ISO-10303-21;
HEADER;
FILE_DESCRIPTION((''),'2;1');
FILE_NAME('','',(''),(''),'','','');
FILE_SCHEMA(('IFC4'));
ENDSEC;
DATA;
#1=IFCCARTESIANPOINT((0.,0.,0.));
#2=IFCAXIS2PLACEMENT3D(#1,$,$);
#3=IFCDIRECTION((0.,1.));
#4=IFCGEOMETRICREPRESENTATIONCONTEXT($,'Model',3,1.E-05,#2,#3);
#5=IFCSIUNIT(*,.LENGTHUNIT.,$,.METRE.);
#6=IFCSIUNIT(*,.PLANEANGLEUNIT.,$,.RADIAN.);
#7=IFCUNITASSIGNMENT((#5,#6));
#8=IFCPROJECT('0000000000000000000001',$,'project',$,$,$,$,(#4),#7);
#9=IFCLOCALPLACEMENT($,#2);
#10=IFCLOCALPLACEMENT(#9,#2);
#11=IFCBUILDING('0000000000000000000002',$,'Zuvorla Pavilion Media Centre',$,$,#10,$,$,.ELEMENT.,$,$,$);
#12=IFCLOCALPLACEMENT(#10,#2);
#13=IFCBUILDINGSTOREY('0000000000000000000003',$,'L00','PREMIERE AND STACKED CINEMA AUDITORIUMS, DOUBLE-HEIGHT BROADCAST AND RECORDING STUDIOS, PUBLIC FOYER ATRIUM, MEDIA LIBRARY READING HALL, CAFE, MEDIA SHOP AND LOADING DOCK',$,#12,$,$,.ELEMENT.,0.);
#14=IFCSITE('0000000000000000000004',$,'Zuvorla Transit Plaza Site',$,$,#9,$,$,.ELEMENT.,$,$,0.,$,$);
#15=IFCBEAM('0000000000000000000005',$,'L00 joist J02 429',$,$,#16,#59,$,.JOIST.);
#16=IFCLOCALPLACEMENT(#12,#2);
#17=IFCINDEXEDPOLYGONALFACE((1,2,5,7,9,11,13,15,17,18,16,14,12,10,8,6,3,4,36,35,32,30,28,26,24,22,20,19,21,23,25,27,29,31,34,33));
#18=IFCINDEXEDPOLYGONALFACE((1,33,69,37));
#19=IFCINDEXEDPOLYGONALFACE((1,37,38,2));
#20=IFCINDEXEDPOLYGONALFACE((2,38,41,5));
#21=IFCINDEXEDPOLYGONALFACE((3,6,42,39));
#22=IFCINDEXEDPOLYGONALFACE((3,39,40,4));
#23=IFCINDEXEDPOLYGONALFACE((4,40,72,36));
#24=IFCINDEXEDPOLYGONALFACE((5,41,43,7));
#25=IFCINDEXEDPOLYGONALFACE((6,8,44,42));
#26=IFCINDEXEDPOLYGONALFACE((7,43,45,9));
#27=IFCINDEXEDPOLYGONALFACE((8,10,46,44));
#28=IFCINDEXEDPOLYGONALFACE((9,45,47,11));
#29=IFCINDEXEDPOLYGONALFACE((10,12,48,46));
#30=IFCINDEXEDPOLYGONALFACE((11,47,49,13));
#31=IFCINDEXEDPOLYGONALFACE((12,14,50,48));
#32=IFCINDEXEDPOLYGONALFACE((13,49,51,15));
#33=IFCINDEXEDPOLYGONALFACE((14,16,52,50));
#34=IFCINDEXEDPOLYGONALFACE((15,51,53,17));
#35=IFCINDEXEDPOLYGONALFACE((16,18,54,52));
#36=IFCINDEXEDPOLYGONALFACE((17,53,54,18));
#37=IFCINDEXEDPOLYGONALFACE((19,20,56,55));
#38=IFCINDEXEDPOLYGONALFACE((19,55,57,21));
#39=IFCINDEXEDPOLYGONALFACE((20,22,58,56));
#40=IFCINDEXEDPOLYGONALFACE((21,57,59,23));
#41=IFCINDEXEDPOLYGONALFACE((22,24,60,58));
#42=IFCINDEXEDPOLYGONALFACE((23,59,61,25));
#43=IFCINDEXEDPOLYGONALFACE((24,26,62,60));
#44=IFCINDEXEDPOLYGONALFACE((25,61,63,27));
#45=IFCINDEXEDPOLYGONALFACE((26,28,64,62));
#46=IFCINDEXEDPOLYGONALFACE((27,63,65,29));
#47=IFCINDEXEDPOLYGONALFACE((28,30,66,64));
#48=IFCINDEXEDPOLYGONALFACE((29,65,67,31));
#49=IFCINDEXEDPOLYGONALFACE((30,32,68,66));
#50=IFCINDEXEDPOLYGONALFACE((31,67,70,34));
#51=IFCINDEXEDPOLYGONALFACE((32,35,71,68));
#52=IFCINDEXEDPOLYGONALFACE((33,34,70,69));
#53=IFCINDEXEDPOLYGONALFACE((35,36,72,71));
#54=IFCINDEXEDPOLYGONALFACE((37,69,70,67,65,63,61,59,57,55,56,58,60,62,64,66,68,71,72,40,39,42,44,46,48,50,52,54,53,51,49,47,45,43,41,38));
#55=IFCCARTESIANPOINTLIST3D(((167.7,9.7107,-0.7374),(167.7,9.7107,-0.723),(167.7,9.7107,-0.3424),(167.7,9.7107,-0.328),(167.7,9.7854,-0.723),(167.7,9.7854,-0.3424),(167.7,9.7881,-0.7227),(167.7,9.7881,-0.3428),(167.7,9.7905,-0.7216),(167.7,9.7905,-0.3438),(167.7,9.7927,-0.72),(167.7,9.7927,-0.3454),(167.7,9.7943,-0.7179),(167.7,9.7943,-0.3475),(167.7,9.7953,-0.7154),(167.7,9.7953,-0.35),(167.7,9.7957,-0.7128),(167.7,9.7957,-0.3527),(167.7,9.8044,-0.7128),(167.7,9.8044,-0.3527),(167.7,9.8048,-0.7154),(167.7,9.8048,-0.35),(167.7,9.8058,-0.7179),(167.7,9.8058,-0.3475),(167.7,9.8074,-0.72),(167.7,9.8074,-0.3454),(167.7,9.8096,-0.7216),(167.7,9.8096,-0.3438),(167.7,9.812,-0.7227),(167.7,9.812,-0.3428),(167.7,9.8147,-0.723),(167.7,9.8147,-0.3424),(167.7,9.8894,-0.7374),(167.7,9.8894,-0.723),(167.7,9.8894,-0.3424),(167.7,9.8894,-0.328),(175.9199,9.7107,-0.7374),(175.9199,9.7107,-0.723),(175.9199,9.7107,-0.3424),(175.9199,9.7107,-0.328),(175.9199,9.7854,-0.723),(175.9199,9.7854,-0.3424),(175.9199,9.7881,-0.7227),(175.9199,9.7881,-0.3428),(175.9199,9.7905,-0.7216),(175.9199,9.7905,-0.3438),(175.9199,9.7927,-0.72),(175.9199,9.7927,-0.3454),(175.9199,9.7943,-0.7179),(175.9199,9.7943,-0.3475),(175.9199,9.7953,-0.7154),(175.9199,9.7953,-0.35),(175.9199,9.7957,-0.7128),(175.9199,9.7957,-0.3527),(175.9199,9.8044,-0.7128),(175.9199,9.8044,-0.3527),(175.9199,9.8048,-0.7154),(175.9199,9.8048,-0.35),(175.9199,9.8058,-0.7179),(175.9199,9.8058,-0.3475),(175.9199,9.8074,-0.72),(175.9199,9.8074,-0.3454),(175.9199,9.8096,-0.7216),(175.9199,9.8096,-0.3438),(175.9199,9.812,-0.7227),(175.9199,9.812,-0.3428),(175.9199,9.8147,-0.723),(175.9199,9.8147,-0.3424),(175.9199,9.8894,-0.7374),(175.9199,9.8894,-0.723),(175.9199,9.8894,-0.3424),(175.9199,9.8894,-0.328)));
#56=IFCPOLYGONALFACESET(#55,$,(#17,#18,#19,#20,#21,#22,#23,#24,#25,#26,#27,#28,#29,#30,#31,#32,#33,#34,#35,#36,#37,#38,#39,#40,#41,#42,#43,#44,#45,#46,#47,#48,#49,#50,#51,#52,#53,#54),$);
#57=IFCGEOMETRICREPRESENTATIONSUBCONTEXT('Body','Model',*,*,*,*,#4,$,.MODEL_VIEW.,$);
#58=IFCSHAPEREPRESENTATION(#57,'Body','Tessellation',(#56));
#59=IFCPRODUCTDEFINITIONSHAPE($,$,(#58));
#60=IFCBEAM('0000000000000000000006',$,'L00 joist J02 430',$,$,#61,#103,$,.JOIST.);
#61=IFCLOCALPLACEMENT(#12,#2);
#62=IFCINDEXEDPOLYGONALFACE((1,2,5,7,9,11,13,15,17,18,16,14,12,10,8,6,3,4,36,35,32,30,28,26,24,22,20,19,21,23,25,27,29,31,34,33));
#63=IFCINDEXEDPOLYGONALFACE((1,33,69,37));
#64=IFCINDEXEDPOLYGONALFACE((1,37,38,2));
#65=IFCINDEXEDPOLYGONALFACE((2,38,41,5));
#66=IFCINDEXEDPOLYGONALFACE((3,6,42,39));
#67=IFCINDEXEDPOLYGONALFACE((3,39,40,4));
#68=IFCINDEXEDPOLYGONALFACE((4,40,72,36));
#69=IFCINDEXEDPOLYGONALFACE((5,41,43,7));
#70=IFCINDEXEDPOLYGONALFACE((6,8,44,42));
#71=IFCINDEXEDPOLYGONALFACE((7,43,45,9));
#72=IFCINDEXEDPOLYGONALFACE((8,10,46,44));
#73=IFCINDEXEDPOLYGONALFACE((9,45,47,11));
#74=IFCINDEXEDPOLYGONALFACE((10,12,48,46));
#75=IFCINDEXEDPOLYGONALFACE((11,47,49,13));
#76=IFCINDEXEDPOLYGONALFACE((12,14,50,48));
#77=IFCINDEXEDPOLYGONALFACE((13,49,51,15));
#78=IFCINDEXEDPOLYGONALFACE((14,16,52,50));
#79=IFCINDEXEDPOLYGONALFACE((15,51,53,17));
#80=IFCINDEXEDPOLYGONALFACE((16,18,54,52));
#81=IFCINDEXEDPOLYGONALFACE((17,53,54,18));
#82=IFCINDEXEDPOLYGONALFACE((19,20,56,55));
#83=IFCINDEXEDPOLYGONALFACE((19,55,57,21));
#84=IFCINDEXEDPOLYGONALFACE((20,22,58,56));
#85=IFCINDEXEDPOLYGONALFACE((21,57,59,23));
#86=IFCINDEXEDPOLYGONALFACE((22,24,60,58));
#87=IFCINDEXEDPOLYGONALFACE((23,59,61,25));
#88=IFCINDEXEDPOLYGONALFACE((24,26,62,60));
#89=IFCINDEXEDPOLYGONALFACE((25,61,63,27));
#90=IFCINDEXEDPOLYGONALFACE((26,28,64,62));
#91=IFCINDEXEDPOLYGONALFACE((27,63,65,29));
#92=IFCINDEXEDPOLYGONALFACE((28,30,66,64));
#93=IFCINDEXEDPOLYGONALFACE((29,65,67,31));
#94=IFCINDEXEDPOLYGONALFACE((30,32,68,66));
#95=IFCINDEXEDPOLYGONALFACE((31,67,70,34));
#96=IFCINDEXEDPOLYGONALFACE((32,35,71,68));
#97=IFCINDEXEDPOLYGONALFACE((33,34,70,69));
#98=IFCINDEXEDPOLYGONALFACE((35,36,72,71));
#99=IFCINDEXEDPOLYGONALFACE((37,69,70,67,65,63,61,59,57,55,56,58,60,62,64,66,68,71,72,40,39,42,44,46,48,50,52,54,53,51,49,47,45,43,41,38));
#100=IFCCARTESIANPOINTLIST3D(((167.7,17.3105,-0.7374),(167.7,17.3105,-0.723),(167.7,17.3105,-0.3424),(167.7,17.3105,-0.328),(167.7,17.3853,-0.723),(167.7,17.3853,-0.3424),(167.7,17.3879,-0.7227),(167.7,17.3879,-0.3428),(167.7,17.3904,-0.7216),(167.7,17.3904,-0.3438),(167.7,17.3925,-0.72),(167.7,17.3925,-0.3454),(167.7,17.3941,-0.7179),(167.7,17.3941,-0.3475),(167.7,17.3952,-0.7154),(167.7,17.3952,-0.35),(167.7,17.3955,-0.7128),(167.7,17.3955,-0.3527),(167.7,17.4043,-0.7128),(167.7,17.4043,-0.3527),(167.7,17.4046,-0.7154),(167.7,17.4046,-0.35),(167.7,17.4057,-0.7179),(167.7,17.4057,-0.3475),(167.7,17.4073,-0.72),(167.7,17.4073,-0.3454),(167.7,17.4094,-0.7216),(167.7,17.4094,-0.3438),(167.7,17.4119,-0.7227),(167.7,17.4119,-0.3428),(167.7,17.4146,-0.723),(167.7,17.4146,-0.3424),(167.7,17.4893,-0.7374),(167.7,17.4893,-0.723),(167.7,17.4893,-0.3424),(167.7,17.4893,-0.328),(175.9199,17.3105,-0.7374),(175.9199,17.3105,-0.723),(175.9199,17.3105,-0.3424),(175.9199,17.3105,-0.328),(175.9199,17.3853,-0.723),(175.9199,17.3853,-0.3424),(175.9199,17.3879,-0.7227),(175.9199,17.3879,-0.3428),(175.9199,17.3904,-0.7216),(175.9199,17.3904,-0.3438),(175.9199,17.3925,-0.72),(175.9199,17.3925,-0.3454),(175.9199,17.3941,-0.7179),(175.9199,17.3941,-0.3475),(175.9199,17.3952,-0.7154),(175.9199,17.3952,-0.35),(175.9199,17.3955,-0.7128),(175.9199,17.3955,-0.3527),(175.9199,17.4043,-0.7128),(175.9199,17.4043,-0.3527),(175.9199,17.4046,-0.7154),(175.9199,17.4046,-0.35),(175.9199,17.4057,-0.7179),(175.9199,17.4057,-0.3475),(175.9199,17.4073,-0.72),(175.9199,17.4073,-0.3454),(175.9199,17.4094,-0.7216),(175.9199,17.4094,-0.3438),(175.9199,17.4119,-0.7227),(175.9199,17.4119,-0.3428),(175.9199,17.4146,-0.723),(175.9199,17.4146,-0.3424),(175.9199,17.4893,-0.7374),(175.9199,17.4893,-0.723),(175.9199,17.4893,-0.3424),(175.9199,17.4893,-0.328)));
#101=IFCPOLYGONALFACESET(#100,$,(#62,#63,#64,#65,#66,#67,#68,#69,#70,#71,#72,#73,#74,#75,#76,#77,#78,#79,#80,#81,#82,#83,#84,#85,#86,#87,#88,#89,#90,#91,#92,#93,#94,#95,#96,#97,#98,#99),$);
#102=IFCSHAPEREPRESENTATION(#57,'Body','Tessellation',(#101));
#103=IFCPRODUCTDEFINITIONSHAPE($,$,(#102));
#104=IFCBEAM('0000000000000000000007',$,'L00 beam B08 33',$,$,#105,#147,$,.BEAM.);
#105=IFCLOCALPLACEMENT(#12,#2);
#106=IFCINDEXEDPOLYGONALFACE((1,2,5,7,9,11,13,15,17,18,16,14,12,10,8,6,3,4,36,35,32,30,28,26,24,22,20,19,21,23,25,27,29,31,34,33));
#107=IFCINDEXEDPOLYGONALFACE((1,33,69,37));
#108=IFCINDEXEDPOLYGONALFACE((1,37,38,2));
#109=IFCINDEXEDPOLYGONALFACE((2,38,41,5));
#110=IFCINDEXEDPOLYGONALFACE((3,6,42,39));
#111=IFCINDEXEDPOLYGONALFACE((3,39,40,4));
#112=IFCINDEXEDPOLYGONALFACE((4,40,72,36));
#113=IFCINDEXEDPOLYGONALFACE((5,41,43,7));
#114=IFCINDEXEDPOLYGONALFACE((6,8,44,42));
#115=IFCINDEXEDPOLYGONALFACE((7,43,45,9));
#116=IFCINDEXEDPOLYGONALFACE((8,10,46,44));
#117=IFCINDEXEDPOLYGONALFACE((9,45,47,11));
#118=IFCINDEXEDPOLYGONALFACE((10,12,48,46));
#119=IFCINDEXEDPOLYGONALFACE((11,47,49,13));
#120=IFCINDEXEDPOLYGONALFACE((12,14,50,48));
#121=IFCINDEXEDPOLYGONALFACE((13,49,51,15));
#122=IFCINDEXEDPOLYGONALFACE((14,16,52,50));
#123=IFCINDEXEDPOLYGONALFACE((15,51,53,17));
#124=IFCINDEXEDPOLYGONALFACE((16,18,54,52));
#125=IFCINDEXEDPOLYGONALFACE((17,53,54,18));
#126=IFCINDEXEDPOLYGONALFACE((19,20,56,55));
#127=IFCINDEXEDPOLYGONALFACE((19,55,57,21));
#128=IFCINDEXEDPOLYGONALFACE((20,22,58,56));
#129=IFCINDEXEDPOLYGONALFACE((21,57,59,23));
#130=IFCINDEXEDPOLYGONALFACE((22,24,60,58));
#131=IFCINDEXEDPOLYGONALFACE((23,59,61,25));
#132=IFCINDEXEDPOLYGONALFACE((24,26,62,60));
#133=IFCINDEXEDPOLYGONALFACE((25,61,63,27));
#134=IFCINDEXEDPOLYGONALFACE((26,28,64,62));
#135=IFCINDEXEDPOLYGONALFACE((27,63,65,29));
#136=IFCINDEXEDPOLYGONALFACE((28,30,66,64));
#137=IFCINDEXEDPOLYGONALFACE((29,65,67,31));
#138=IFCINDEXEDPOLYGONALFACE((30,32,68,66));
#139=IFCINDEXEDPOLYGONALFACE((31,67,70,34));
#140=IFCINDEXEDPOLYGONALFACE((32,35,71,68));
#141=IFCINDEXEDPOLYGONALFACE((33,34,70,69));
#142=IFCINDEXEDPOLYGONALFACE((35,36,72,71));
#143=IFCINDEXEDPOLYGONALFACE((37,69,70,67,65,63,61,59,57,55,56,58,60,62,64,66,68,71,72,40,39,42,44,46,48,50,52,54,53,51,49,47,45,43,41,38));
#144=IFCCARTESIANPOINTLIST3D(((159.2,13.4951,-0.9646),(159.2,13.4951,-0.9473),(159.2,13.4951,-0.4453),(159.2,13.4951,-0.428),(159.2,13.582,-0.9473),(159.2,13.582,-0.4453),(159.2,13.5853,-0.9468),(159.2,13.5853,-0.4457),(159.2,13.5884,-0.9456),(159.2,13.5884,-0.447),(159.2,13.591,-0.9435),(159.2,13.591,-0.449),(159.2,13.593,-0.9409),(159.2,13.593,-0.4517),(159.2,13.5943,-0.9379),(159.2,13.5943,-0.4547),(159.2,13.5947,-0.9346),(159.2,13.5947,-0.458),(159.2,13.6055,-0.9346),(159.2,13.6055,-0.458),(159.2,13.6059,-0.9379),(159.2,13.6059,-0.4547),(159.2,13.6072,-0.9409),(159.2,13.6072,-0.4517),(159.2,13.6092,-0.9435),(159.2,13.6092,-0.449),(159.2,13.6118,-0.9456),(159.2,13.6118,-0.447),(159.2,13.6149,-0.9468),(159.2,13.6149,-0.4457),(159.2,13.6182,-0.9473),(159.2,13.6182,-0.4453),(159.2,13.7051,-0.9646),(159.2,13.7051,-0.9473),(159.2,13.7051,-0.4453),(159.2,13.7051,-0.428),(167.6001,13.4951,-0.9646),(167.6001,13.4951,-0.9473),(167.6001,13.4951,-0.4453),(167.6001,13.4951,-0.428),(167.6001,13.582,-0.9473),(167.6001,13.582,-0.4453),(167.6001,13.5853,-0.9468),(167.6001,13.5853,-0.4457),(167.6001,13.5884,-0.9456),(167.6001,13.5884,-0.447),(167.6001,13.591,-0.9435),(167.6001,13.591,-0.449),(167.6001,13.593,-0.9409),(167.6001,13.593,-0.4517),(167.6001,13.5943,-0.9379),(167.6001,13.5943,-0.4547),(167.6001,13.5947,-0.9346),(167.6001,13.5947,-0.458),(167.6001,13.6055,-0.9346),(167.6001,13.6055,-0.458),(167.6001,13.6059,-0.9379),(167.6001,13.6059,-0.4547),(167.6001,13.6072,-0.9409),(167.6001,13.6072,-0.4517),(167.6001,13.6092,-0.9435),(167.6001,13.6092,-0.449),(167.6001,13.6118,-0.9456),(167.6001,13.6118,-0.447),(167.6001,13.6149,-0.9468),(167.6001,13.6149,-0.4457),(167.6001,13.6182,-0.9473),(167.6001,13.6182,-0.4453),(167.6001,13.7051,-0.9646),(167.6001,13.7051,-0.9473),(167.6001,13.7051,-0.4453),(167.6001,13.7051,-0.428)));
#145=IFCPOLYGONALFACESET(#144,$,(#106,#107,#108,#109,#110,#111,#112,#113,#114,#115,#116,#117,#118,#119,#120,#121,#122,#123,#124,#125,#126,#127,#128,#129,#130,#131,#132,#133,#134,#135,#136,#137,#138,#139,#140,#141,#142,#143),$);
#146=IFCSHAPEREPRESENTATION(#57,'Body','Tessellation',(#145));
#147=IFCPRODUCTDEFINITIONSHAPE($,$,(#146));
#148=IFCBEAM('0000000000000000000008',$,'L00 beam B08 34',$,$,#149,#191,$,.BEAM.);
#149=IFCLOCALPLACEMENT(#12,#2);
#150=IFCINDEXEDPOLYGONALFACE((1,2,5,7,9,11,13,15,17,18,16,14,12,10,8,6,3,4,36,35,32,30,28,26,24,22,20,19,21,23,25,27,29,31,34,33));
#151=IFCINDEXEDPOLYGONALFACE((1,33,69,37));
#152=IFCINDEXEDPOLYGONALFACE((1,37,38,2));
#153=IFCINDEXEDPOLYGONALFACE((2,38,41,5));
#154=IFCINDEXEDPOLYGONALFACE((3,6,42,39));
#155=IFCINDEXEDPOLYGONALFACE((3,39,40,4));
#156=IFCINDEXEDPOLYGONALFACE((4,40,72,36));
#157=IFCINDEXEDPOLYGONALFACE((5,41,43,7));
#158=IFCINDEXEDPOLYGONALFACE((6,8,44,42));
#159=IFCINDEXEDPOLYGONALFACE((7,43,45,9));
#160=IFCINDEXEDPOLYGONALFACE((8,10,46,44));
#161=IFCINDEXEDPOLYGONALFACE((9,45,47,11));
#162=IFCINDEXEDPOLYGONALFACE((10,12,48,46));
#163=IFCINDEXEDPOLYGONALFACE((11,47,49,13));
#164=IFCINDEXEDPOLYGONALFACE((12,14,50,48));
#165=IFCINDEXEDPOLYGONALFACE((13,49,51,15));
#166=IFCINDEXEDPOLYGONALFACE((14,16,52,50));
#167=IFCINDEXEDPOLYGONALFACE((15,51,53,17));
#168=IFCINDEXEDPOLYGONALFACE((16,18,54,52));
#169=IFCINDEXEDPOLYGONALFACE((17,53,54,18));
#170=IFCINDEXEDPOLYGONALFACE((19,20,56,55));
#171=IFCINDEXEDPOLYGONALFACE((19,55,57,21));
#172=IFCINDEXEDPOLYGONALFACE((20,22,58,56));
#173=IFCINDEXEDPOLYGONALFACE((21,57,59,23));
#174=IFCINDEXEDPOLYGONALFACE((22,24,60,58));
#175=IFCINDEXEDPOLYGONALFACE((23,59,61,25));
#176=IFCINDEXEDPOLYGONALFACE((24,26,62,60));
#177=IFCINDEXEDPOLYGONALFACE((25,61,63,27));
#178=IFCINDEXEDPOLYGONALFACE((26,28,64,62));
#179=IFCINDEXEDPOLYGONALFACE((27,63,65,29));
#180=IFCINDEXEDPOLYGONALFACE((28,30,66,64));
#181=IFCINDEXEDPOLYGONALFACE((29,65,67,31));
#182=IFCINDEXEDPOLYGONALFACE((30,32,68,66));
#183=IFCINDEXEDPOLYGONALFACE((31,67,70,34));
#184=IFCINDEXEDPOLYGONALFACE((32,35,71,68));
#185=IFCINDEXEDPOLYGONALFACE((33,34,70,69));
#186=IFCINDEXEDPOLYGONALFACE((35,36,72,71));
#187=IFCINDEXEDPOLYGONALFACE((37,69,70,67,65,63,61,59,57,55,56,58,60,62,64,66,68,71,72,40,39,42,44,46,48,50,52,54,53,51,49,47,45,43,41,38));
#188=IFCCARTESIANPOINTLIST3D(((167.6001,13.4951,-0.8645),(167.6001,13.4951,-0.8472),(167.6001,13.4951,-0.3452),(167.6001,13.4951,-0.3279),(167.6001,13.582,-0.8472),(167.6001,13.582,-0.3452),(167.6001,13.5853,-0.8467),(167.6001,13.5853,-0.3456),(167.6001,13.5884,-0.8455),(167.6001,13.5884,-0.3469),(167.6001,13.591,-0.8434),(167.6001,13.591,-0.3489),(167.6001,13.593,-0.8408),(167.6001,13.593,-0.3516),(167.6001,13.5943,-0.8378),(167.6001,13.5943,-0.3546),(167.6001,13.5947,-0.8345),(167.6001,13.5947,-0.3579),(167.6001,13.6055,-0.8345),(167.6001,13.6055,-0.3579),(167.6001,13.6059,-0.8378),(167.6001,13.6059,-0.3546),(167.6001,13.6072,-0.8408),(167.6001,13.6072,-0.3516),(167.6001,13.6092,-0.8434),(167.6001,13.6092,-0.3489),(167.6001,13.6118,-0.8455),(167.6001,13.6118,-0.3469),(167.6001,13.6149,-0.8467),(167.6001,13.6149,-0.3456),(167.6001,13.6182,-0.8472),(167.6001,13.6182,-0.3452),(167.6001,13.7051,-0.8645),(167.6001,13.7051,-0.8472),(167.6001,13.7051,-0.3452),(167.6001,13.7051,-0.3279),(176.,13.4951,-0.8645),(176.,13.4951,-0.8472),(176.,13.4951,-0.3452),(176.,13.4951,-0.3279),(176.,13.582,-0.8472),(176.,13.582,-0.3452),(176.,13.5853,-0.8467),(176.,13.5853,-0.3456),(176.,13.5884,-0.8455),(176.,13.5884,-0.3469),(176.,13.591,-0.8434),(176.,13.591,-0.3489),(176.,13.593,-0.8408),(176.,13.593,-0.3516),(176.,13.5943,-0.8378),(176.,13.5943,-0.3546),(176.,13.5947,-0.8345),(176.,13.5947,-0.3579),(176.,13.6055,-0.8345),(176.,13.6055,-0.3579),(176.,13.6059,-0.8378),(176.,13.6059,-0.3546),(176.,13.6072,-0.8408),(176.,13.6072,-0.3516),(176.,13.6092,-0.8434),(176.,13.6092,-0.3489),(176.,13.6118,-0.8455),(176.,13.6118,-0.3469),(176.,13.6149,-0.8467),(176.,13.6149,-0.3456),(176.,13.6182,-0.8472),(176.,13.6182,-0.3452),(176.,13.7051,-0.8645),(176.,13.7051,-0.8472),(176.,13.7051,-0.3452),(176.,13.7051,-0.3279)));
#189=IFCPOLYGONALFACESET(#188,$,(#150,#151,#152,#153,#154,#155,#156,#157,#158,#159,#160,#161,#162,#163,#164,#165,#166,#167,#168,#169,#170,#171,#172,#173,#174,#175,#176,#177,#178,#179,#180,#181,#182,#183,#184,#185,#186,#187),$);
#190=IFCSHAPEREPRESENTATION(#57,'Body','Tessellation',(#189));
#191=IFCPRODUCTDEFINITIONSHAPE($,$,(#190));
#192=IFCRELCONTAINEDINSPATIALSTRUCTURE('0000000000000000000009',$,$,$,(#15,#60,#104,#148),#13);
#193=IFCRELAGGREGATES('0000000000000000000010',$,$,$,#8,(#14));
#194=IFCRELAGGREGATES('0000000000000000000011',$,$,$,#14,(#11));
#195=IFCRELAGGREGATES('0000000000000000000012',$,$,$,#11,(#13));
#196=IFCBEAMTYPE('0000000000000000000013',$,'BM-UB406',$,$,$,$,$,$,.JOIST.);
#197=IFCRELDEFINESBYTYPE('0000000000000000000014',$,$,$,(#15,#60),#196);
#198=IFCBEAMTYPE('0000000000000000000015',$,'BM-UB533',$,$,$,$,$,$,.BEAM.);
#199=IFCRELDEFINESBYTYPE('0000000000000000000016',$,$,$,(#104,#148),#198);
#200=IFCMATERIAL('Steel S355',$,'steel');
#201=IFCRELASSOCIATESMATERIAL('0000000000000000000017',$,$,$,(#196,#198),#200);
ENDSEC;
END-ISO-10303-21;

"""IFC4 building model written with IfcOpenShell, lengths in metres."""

from ifc_helpers import new_model, si_unit, direction, frame, origin, origin_2d, place, context, subcontext, project, spatial, i_section, extrude, material, material_profile, profile_set, type_object, element, save


model = new_model("IFC4")

# Units and contexts
model_context = context("Model", 3, precision=1e-05, world=origin(), true_north=direction((0.0, 1.0)))
body_context = subcontext(model_context, "Body", "Model", "MODEL_VIEW")
ifc_project = project(units=[si_unit("LENGTHUNIT", "METRE"), si_unit("PLANEANGLEUNIT", "RADIAN")], contexts=[model_context])

# Site, building, storey
site_placement = place(None, origin())
site = spatial("IfcSite", under=ifc_project, at=site_placement, Name="Zuvorla Transit Plaza Site", CompositionType="ELEMENT", RefElevation=0.0)
building_placement = place(site_placement, origin())
building = spatial("IfcBuilding", under=site, at=building_placement, Name="Zuvorla Pavilion Media Centre", CompositionType="ELEMENT")
storey_placement = place(building_placement, origin())
storey = spatial("IfcBuildingStorey", under=building, at=storey_placement, Name="L00", Description="PREMIERE AND STACKED CINEMA AUDITORIUMS, DOUBLE-HEIGHT BROADCAST AND RECORDING STUDIOS, PUBLIC FOYER ATRIUM, MEDIA LIBRARY READING HALL, CAFE, MEDIA SHOP AND LOADING DOCK", CompositionType="ELEMENT", Elevation=0.0)

# Beams
ifc_material_1 = material(Name="Steel S355", Category="steel")
ifc_material_profile_1 = material_profile(ifc_material_1, i_section(OverallWidth=0.1787, OverallDepth=0.4094, WebThickness=0.0088, FlangeThickness=0.0144, FilletRadius=0.0103, at=origin_2d()), Name="UB 406x178x67")
ifc_profile_set_1 = profile_set([ifc_material_profile_1], Name="Steel S355")
beam_type_1 = type_object("IfcBeamType", Name="BM-UB406", PredefinedType="JOIST", material=ifc_profile_set_1)
for number, where, z_axis, x_axis, name in (
    (1, (167.7, 9.8, -0.5327), (1.0, 0.0, 0.0), (0.0, 1.0, 0.0), "L00 joist J02 429"),
    (2, (167.7, 17.3999, -0.5327), (1.0, 0.0, 0.0), (0.0, 1.0, 0.0), "L00 joist J02 430"),
):
    element("IfcBeam", number, at=place(storey_placement, frame(where, z_axis=z_axis, x_axis=x_axis)), inside=storey, type_object=beam_type_1, Name=name, PredefinedType="JOIST", context=body_context, shape_type="SweptSolid", body=[
        extrude(i_section(OverallWidth=0.1787, OverallDepth=0.4094, WebThickness=0.0088, FlangeThickness=0.0144, FilletRadius=0.0103, at=origin_2d()), origin(), (0.0, 0.0, 1.0), 8.22),
    ])
ifc_material_profile_2 = material_profile(ifc_material_1, i_section(OverallWidth=0.21, OverallDepth=0.5366, WebThickness=0.0107, FlangeThickness=0.0173, FilletRadius=0.0127, at=origin_2d()), Name="UB 533x210x101")
ifc_profile_set_2 = profile_set([ifc_material_profile_2], Name="Steel S355")
beam_type_2 = type_object("IfcBeamType", Name="BM-UB533", PredefinedType="BEAM", material=ifc_profile_set_2)
beam_1_placement = place(storey_placement, frame((159.2, 13.6001, -0.6963), z_axis=(1.0, 0.0, 0.0), x_axis=(0.0, 1.0, 0.0)))
element("IfcBeam", 3, at=beam_1_placement, inside=storey, type_object=beam_type_2, Name="L00 beam B08 33", PredefinedType="BEAM", context=body_context, shape_type="SweptSolid", body=[
    extrude(i_section(OverallWidth=0.21, OverallDepth=0.5366, WebThickness=0.0107, FlangeThickness=0.0173, FilletRadius=0.0127, at=origin_2d()), origin(), (0.0, 0.0, 1.0), 8.4001),
])
beam_2_placement = place(storey_placement, frame((167.6001, 13.6001, -0.5962), z_axis=(1.0, 0.0, 0.0), x_axis=(0.0, 1.0, 0.0)))
element("IfcBeam", 4, at=beam_2_placement, inside=storey, type_object=beam_type_2, Name="L00 beam B08 34", PredefinedType="BEAM", context=body_context, shape_type="SweptSolid", body=[
    extrude(i_section(OverallWidth=0.21, OverallDepth=0.5366, WebThickness=0.0107, FlangeThickness=0.0173, FilletRadius=0.0127, at=origin_2d()), origin(), (0.0, 0.0, 1.0), 8.3999),
])

save(model, "model.ifc")
